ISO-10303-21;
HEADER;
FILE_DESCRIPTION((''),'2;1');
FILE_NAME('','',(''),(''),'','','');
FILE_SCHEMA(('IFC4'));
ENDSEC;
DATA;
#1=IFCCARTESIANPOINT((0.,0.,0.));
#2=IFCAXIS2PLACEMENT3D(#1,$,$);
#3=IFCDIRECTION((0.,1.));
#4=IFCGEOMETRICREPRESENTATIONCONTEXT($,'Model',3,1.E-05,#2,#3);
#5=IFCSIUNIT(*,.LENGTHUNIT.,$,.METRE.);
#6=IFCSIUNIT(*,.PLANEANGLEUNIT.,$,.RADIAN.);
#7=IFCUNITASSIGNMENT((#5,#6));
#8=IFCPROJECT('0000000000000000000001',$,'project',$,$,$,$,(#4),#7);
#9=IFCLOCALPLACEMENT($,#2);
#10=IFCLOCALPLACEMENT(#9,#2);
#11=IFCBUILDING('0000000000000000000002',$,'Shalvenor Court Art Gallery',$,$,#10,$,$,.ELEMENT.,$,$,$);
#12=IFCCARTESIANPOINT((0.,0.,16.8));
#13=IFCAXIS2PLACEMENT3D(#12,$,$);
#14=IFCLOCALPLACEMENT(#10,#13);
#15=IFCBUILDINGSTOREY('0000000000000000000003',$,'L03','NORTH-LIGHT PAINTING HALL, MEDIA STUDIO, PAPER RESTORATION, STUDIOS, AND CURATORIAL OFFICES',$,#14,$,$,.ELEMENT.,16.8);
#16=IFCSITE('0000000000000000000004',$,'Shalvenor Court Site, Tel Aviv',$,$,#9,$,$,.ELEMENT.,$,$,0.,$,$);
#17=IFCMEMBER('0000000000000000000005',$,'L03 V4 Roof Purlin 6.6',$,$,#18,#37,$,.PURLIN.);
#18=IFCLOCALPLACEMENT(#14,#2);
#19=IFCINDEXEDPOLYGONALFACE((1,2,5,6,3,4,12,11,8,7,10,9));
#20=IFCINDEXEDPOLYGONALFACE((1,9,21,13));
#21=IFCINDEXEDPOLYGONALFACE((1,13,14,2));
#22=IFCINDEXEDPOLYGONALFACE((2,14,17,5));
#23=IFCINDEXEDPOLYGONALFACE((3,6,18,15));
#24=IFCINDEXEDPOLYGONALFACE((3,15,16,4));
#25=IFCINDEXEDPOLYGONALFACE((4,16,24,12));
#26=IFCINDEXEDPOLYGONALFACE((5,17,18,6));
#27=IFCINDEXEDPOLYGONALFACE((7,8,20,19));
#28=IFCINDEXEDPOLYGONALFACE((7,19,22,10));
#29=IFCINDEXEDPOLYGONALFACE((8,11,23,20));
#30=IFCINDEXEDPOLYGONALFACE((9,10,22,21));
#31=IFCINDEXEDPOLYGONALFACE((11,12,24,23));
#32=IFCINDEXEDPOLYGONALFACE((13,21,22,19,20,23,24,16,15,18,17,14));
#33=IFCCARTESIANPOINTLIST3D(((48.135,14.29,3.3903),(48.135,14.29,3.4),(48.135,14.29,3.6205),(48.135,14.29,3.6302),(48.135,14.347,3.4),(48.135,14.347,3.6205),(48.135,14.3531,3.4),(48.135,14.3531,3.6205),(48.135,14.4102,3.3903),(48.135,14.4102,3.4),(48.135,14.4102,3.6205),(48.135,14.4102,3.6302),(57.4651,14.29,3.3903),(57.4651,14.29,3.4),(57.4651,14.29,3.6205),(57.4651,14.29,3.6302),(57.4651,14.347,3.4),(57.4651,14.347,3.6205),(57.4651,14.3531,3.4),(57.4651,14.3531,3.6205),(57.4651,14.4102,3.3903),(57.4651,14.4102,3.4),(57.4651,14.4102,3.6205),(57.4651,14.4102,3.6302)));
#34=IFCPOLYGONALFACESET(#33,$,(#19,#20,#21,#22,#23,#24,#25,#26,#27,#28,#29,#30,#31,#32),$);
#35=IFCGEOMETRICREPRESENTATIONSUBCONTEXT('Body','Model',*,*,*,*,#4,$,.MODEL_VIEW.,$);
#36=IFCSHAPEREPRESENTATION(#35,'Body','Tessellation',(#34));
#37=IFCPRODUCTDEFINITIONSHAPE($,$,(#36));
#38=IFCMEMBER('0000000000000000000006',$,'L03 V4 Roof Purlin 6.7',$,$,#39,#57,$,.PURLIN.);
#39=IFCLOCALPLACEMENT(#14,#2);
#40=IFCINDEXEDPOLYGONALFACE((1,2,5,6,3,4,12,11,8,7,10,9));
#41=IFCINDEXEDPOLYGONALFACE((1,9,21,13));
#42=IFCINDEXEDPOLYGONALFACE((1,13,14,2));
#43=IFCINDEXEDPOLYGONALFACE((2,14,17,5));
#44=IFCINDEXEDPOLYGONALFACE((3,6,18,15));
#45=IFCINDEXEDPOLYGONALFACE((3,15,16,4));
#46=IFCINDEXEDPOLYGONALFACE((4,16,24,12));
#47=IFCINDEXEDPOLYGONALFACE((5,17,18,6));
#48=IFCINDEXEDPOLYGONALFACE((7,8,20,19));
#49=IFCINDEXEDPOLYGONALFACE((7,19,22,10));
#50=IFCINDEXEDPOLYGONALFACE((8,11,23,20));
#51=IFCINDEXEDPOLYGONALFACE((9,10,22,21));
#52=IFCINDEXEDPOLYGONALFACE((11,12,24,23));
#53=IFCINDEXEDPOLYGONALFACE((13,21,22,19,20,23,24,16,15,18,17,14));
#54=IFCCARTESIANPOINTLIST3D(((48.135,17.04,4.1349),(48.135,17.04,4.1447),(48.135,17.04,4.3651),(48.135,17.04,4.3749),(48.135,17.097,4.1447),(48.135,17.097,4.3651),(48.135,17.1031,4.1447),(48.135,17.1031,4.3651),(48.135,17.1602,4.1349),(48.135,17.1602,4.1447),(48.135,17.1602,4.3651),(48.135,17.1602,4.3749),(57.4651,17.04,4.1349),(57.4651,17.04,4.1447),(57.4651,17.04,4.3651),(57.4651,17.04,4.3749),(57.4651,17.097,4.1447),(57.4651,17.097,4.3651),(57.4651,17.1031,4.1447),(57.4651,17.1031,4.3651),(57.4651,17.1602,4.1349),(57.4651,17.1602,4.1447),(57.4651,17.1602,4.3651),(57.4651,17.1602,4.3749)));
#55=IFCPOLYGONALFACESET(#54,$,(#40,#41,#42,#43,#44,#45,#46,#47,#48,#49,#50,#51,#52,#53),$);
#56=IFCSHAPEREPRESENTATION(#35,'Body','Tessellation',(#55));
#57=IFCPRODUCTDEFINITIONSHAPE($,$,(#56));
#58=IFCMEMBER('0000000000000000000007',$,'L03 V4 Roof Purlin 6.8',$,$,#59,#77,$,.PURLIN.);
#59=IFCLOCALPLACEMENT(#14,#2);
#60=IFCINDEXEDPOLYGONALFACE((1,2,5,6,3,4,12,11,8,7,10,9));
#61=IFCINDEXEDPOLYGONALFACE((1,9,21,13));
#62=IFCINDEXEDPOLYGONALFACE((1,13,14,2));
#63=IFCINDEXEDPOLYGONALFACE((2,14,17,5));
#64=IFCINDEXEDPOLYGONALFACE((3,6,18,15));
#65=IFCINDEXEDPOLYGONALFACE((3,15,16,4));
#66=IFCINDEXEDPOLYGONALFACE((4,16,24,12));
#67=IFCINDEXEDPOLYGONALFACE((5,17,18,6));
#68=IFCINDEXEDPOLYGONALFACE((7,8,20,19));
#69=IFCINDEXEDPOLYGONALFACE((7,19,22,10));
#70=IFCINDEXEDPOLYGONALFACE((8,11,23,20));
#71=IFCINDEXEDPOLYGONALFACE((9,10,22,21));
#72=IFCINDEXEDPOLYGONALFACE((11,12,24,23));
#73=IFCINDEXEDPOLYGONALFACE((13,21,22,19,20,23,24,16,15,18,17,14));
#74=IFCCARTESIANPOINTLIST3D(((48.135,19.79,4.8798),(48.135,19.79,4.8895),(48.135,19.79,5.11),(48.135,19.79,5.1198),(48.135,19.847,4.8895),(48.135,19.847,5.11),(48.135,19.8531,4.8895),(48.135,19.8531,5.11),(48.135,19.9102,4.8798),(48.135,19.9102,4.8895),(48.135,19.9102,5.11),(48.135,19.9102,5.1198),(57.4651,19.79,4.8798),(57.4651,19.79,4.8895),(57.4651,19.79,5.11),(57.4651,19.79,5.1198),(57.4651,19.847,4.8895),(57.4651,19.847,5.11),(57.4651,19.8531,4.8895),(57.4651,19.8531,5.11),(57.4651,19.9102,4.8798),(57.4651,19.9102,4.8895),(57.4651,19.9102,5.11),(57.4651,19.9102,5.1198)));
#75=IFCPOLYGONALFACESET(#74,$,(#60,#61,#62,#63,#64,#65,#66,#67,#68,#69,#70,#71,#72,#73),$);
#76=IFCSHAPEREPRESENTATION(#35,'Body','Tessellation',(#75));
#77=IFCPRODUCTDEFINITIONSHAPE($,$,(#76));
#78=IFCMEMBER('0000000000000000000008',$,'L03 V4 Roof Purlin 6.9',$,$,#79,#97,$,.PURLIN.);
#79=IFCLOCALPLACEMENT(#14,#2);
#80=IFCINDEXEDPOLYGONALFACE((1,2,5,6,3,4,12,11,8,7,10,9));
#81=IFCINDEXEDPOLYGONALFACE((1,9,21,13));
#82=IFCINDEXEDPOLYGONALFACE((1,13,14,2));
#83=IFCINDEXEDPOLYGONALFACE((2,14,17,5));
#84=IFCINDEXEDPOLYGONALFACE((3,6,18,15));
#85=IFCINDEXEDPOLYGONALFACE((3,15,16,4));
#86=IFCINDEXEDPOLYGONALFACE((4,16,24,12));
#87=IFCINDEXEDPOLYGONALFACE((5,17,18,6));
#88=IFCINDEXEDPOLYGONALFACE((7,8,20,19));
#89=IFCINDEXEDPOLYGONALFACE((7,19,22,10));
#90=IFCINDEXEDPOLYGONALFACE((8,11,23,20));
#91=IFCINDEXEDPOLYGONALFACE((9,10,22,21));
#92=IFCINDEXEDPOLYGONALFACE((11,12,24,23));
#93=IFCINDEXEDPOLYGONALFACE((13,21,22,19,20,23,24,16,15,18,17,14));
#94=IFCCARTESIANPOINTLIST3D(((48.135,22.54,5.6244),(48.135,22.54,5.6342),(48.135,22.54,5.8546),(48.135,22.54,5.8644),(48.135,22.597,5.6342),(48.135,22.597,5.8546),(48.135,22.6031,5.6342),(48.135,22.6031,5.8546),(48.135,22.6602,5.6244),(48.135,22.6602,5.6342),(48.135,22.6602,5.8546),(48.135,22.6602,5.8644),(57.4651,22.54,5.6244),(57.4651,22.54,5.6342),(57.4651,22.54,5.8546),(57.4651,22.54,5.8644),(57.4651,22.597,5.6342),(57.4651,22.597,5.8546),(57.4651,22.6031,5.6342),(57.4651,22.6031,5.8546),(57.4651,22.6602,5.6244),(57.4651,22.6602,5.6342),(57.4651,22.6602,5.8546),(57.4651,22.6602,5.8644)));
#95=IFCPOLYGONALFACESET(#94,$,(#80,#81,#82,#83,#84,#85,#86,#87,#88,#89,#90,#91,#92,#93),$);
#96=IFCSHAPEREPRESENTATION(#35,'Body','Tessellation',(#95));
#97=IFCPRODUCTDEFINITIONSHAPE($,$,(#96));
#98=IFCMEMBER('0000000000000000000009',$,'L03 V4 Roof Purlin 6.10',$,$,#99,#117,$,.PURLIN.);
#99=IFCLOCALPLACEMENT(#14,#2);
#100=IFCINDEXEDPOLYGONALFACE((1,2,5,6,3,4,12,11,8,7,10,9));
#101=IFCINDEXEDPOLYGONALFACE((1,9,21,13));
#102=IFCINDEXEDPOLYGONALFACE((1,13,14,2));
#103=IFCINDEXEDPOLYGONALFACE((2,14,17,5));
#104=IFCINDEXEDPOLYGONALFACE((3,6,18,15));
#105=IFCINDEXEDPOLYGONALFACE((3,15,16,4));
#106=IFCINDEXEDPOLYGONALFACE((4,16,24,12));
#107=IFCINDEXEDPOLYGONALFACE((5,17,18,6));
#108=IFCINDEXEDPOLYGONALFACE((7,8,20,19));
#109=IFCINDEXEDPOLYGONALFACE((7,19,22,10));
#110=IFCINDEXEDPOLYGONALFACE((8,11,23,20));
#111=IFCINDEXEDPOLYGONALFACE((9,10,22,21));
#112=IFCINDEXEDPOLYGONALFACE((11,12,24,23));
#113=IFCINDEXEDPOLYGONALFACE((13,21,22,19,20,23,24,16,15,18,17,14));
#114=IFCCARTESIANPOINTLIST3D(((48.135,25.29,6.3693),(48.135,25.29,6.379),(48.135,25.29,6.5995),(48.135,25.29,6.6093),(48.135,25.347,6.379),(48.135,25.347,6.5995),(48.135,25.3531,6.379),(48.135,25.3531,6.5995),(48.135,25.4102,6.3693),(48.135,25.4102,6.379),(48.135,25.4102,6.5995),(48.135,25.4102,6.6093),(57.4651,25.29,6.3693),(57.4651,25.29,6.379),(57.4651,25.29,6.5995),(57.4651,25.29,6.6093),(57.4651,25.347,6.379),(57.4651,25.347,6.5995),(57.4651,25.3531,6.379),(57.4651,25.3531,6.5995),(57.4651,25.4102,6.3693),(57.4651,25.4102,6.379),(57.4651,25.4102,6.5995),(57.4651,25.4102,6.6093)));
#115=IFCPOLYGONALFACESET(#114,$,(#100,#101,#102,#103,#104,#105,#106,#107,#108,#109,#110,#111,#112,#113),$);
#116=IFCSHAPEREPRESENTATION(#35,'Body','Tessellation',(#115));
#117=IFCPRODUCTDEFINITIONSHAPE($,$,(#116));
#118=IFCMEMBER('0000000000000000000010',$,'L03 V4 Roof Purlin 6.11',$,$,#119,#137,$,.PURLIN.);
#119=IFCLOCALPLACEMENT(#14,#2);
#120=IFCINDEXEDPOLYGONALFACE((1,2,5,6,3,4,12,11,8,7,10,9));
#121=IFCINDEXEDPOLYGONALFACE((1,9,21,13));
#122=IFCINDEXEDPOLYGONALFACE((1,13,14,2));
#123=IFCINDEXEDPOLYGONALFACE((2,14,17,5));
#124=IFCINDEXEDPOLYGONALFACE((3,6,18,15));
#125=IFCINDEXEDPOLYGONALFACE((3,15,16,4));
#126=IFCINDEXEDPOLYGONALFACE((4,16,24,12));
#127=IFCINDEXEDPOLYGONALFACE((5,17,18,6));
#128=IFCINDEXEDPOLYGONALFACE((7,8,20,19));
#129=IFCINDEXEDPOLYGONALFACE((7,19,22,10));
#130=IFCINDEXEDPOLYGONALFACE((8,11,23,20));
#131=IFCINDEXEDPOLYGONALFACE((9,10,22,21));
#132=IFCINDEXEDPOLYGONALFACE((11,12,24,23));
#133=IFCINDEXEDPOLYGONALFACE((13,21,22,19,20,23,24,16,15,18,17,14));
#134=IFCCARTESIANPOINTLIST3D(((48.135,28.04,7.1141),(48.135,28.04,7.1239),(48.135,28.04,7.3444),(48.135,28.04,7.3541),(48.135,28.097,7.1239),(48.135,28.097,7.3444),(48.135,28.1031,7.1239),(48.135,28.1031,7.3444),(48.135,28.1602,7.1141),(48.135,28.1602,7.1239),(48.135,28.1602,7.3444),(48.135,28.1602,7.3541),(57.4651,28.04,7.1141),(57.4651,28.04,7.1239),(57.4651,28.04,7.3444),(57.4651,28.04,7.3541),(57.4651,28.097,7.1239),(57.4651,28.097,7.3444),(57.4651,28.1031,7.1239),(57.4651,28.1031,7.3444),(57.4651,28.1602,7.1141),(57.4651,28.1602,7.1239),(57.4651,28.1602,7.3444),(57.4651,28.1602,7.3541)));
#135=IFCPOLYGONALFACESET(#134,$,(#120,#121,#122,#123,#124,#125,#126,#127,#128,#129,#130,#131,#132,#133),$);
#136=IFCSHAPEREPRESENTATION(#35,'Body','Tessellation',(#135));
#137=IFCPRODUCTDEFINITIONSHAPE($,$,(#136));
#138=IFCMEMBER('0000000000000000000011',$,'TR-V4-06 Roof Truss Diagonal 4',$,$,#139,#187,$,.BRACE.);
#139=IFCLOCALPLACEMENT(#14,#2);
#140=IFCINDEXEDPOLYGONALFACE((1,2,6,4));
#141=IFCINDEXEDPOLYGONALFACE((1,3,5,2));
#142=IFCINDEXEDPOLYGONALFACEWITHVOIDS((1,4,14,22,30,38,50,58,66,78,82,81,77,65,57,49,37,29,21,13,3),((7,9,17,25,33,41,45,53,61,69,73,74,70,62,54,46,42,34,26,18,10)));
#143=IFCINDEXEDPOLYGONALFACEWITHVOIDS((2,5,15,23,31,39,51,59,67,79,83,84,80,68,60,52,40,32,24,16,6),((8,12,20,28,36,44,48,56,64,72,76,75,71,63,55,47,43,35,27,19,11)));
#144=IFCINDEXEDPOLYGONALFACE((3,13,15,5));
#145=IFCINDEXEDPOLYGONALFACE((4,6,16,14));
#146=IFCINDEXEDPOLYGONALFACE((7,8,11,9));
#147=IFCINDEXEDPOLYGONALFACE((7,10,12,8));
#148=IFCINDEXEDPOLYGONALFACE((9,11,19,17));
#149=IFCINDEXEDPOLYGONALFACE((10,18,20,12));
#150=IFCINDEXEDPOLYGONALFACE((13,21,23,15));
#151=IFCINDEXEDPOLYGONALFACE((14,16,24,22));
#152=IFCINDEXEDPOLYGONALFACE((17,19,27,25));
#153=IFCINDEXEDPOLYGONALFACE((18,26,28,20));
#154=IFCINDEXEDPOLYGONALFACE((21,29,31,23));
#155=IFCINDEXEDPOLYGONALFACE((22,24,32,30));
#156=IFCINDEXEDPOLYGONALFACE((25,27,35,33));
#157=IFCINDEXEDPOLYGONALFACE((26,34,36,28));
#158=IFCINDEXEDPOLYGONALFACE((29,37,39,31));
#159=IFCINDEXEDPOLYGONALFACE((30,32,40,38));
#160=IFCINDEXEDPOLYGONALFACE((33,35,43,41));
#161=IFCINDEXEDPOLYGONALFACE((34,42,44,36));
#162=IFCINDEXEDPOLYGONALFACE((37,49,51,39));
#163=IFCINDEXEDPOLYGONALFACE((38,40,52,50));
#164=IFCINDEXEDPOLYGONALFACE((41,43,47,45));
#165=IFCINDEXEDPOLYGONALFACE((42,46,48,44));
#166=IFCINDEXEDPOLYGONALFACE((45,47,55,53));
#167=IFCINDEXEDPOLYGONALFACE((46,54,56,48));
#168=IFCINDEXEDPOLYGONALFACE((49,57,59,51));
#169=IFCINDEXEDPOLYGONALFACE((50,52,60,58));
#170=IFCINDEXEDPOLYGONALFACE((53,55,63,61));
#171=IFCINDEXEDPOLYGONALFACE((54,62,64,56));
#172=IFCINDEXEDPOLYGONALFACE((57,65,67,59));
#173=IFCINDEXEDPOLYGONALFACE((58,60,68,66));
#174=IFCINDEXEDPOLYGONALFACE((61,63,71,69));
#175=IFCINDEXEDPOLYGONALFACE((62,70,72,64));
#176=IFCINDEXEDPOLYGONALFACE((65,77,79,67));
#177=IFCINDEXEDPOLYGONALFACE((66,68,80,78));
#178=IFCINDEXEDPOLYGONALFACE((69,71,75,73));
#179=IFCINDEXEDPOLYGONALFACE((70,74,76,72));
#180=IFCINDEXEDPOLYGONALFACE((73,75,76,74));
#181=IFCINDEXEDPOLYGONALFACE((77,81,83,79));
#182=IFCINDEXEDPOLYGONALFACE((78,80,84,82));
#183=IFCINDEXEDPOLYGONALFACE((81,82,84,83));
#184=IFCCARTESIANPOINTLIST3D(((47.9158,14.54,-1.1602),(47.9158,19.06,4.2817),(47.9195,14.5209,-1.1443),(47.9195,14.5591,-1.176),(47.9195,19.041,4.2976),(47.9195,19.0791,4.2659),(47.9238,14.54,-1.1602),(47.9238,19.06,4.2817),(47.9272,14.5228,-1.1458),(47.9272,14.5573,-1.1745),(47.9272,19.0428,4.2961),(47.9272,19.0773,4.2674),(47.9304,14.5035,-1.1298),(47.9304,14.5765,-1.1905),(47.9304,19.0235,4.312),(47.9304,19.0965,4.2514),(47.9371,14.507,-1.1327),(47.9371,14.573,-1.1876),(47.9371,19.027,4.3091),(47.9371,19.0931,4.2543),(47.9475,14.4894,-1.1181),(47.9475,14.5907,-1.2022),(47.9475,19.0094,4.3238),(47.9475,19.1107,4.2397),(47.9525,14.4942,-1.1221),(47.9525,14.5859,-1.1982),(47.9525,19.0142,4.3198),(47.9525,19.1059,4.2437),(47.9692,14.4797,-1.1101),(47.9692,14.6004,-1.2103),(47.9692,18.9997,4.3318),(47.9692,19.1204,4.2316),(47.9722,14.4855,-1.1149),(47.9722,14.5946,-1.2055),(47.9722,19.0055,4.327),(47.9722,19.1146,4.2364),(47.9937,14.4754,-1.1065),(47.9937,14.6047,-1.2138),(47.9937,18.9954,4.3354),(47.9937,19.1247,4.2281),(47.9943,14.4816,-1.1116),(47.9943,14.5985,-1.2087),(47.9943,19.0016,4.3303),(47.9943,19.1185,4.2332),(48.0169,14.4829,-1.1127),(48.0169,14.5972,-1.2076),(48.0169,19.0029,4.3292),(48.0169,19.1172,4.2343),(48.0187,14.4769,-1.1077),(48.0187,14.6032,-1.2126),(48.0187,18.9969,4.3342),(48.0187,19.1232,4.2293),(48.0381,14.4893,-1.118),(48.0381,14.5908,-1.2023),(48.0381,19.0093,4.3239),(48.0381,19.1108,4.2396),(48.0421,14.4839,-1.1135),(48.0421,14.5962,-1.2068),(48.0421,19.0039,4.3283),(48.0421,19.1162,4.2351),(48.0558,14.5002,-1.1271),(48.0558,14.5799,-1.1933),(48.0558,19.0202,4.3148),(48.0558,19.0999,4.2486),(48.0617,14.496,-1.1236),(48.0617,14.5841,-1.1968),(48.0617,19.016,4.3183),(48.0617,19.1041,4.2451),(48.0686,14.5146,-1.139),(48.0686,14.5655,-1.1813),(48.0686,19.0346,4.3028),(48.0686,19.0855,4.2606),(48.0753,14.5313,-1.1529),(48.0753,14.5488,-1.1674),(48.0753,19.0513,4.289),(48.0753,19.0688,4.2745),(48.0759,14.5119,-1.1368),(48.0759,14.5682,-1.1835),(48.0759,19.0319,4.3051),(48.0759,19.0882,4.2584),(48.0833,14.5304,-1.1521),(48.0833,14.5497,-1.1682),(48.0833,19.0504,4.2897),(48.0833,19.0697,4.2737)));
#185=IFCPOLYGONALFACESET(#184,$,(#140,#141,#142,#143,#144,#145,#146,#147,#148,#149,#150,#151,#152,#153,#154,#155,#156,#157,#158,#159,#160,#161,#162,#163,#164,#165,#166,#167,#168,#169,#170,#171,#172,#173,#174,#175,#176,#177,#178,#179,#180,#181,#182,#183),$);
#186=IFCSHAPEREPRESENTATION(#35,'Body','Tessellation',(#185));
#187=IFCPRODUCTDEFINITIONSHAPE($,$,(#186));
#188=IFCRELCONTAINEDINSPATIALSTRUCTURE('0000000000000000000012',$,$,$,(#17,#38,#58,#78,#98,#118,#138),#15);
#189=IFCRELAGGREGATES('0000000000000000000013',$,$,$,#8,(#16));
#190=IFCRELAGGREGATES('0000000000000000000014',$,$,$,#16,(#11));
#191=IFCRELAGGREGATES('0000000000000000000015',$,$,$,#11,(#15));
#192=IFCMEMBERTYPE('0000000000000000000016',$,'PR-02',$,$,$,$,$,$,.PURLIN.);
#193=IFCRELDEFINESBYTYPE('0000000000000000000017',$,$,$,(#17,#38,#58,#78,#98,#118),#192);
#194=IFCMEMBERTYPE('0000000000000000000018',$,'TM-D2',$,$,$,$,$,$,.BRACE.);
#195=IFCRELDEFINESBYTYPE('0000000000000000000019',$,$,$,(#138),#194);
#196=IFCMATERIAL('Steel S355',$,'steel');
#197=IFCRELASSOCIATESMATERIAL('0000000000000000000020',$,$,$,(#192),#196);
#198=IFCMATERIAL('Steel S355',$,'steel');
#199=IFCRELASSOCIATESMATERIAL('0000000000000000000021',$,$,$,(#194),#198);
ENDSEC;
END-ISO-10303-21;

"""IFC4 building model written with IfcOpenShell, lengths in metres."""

from ifc_helpers import new_model, si_unit, direction, frame, origin, origin_2d, place, context, subcontext, project, spatial, hollow_circle, i_section, extrude, material, material_profile, profile_set, type_object, element, save


model = new_model("IFC4")

# Units and contexts
model_context = context("Model", 3, precision=1e-05, world=origin(), true_north=direction((0.0, 1.0)))
body_context = subcontext(model_context, "Body", "Model", "MODEL_VIEW")
ifc_project = project(units=[si_unit("LENGTHUNIT", "METRE"), si_unit("PLANEANGLEUNIT", "RADIAN")], contexts=[model_context])

# Site, building, storey
site_placement = place(None, origin())
site = spatial("IfcSite", under=ifc_project, at=site_placement, Name="Shalvenor Court Site, Tel Aviv", CompositionType="ELEMENT", RefElevation=0.0)
building_placement = place(site_placement, origin())
building = spatial("IfcBuilding", under=site, at=building_placement, Name="Shalvenor Court Art Gallery", CompositionType="ELEMENT")
storey_placement = place(building_placement, frame((0.0, 0.0, 16.8)))
storey = spatial("IfcBuildingStorey", under=building, at=storey_placement, Name="L03", Description="NORTH-LIGHT PAINTING HALL, MEDIA STUDIO, PAPER RESTORATION, STUDIOS, AND CURATORIAL OFFICES", CompositionType="ELEMENT", Elevation=16.8)

# Members
ifc_material_1 = material(Name="Steel S355", Category="steel")
ifc_material_profile_1 = material_profile(ifc_material_1, i_section(OverallWidth=0.1201, OverallDepth=0.24, WebThickness=0.0061, FlangeThickness=0.0098, at=origin_2d()), Name="IPE 240")
ifc_profile_set_1 = profile_set([ifc_material_profile_1], Name="Steel S355")
member_type_1 = type_object("IfcMemberType", Name="PR-02", PredefinedType="PURLIN", material=ifc_profile_set_1)
for number, where, z_axis, x_axis, name in (
    (1, (48.135, 14.3501, 3.5103), (1.0, 0.0, 0.0), (0.0, 1.0, 0.0), "L03 V4 Roof Purlin 6.6"),
    (2, (48.135, 17.1001, 4.2549), (1.0, 0.0, 0.0), (0.0, 1.0, 0.0), "L03 V4 Roof Purlin 6.7"),
    (3, (48.135, 19.8501, 4.9998), (1.0, 0.0, 0.0), (0.0, 1.0, 0.0), "L03 V4 Roof Purlin 6.8"),
    (4, (48.135, 22.6001, 5.7444), (1.0, 0.0, 0.0), (0.0, 1.0, 0.0), "L03 V4 Roof Purlin 6.9"),
    (5, (48.135, 25.3501, 6.4893), (1.0, 0.0, 0.0), (0.0, 1.0, 0.0), "L03 V4 Roof Purlin 6.10"),
    (6, (48.135, 28.1001, 7.2341), (1.0, 0.0, 0.0), (0.0, 1.0, 0.0), "L03 V4 Roof Purlin 6.11"),
):
    element("IfcMember", number, at=place(storey_placement, frame(where, z_axis=z_axis, x_axis=x_axis)), inside=storey, type_object=member_type_1, Name=name, PredefinedType="PURLIN", context=body_context, shape_type="SweptSolid", body=[
        extrude(i_section(OverallWidth=0.1201, OverallDepth=0.24, WebThickness=0.0061, FlangeThickness=0.0098, at=origin_2d()), origin(), (0.0, 0.0, 1.0), 9.3301),
    ])
ifc_material_2 = material(Name="Steel S355", Category="steel")
ifc_material_profile_2 = material_profile(ifc_material_2, hollow_circle(Radius=0.0842, WallThickness=0.0081, at=origin_2d()), Name="CHS 168.3x8.0")
ifc_profile_set_2 = profile_set([ifc_material_profile_2], Name="Steel S355")
member_type_2 = type_object("IfcMemberType", Name="TM-D2", PredefinedType="BRACE", material=ifc_profile_set_2)
member_1_placement = place(storey_placement, frame((48.0, 14.54, -1.1602), z_axis=(0.0, 0.638941, 0.769256), x_axis=(-1.0, 0.0, 0.0)))
element("IfcMember", 7, at=member_1_placement, inside=storey, type_object=member_type_2, Name="TR-V4-06 Roof Truss Diagonal 4", PredefinedType="BRACE", context=body_context, shape_type="SweptSolid", body=[
    extrude(hollow_circle(Radius=0.0842, WallThickness=0.0081, at=origin_2d()), origin(), (0.0, 0.0, 1.0), 7.0742),
])

save(model, "model.ifc")
